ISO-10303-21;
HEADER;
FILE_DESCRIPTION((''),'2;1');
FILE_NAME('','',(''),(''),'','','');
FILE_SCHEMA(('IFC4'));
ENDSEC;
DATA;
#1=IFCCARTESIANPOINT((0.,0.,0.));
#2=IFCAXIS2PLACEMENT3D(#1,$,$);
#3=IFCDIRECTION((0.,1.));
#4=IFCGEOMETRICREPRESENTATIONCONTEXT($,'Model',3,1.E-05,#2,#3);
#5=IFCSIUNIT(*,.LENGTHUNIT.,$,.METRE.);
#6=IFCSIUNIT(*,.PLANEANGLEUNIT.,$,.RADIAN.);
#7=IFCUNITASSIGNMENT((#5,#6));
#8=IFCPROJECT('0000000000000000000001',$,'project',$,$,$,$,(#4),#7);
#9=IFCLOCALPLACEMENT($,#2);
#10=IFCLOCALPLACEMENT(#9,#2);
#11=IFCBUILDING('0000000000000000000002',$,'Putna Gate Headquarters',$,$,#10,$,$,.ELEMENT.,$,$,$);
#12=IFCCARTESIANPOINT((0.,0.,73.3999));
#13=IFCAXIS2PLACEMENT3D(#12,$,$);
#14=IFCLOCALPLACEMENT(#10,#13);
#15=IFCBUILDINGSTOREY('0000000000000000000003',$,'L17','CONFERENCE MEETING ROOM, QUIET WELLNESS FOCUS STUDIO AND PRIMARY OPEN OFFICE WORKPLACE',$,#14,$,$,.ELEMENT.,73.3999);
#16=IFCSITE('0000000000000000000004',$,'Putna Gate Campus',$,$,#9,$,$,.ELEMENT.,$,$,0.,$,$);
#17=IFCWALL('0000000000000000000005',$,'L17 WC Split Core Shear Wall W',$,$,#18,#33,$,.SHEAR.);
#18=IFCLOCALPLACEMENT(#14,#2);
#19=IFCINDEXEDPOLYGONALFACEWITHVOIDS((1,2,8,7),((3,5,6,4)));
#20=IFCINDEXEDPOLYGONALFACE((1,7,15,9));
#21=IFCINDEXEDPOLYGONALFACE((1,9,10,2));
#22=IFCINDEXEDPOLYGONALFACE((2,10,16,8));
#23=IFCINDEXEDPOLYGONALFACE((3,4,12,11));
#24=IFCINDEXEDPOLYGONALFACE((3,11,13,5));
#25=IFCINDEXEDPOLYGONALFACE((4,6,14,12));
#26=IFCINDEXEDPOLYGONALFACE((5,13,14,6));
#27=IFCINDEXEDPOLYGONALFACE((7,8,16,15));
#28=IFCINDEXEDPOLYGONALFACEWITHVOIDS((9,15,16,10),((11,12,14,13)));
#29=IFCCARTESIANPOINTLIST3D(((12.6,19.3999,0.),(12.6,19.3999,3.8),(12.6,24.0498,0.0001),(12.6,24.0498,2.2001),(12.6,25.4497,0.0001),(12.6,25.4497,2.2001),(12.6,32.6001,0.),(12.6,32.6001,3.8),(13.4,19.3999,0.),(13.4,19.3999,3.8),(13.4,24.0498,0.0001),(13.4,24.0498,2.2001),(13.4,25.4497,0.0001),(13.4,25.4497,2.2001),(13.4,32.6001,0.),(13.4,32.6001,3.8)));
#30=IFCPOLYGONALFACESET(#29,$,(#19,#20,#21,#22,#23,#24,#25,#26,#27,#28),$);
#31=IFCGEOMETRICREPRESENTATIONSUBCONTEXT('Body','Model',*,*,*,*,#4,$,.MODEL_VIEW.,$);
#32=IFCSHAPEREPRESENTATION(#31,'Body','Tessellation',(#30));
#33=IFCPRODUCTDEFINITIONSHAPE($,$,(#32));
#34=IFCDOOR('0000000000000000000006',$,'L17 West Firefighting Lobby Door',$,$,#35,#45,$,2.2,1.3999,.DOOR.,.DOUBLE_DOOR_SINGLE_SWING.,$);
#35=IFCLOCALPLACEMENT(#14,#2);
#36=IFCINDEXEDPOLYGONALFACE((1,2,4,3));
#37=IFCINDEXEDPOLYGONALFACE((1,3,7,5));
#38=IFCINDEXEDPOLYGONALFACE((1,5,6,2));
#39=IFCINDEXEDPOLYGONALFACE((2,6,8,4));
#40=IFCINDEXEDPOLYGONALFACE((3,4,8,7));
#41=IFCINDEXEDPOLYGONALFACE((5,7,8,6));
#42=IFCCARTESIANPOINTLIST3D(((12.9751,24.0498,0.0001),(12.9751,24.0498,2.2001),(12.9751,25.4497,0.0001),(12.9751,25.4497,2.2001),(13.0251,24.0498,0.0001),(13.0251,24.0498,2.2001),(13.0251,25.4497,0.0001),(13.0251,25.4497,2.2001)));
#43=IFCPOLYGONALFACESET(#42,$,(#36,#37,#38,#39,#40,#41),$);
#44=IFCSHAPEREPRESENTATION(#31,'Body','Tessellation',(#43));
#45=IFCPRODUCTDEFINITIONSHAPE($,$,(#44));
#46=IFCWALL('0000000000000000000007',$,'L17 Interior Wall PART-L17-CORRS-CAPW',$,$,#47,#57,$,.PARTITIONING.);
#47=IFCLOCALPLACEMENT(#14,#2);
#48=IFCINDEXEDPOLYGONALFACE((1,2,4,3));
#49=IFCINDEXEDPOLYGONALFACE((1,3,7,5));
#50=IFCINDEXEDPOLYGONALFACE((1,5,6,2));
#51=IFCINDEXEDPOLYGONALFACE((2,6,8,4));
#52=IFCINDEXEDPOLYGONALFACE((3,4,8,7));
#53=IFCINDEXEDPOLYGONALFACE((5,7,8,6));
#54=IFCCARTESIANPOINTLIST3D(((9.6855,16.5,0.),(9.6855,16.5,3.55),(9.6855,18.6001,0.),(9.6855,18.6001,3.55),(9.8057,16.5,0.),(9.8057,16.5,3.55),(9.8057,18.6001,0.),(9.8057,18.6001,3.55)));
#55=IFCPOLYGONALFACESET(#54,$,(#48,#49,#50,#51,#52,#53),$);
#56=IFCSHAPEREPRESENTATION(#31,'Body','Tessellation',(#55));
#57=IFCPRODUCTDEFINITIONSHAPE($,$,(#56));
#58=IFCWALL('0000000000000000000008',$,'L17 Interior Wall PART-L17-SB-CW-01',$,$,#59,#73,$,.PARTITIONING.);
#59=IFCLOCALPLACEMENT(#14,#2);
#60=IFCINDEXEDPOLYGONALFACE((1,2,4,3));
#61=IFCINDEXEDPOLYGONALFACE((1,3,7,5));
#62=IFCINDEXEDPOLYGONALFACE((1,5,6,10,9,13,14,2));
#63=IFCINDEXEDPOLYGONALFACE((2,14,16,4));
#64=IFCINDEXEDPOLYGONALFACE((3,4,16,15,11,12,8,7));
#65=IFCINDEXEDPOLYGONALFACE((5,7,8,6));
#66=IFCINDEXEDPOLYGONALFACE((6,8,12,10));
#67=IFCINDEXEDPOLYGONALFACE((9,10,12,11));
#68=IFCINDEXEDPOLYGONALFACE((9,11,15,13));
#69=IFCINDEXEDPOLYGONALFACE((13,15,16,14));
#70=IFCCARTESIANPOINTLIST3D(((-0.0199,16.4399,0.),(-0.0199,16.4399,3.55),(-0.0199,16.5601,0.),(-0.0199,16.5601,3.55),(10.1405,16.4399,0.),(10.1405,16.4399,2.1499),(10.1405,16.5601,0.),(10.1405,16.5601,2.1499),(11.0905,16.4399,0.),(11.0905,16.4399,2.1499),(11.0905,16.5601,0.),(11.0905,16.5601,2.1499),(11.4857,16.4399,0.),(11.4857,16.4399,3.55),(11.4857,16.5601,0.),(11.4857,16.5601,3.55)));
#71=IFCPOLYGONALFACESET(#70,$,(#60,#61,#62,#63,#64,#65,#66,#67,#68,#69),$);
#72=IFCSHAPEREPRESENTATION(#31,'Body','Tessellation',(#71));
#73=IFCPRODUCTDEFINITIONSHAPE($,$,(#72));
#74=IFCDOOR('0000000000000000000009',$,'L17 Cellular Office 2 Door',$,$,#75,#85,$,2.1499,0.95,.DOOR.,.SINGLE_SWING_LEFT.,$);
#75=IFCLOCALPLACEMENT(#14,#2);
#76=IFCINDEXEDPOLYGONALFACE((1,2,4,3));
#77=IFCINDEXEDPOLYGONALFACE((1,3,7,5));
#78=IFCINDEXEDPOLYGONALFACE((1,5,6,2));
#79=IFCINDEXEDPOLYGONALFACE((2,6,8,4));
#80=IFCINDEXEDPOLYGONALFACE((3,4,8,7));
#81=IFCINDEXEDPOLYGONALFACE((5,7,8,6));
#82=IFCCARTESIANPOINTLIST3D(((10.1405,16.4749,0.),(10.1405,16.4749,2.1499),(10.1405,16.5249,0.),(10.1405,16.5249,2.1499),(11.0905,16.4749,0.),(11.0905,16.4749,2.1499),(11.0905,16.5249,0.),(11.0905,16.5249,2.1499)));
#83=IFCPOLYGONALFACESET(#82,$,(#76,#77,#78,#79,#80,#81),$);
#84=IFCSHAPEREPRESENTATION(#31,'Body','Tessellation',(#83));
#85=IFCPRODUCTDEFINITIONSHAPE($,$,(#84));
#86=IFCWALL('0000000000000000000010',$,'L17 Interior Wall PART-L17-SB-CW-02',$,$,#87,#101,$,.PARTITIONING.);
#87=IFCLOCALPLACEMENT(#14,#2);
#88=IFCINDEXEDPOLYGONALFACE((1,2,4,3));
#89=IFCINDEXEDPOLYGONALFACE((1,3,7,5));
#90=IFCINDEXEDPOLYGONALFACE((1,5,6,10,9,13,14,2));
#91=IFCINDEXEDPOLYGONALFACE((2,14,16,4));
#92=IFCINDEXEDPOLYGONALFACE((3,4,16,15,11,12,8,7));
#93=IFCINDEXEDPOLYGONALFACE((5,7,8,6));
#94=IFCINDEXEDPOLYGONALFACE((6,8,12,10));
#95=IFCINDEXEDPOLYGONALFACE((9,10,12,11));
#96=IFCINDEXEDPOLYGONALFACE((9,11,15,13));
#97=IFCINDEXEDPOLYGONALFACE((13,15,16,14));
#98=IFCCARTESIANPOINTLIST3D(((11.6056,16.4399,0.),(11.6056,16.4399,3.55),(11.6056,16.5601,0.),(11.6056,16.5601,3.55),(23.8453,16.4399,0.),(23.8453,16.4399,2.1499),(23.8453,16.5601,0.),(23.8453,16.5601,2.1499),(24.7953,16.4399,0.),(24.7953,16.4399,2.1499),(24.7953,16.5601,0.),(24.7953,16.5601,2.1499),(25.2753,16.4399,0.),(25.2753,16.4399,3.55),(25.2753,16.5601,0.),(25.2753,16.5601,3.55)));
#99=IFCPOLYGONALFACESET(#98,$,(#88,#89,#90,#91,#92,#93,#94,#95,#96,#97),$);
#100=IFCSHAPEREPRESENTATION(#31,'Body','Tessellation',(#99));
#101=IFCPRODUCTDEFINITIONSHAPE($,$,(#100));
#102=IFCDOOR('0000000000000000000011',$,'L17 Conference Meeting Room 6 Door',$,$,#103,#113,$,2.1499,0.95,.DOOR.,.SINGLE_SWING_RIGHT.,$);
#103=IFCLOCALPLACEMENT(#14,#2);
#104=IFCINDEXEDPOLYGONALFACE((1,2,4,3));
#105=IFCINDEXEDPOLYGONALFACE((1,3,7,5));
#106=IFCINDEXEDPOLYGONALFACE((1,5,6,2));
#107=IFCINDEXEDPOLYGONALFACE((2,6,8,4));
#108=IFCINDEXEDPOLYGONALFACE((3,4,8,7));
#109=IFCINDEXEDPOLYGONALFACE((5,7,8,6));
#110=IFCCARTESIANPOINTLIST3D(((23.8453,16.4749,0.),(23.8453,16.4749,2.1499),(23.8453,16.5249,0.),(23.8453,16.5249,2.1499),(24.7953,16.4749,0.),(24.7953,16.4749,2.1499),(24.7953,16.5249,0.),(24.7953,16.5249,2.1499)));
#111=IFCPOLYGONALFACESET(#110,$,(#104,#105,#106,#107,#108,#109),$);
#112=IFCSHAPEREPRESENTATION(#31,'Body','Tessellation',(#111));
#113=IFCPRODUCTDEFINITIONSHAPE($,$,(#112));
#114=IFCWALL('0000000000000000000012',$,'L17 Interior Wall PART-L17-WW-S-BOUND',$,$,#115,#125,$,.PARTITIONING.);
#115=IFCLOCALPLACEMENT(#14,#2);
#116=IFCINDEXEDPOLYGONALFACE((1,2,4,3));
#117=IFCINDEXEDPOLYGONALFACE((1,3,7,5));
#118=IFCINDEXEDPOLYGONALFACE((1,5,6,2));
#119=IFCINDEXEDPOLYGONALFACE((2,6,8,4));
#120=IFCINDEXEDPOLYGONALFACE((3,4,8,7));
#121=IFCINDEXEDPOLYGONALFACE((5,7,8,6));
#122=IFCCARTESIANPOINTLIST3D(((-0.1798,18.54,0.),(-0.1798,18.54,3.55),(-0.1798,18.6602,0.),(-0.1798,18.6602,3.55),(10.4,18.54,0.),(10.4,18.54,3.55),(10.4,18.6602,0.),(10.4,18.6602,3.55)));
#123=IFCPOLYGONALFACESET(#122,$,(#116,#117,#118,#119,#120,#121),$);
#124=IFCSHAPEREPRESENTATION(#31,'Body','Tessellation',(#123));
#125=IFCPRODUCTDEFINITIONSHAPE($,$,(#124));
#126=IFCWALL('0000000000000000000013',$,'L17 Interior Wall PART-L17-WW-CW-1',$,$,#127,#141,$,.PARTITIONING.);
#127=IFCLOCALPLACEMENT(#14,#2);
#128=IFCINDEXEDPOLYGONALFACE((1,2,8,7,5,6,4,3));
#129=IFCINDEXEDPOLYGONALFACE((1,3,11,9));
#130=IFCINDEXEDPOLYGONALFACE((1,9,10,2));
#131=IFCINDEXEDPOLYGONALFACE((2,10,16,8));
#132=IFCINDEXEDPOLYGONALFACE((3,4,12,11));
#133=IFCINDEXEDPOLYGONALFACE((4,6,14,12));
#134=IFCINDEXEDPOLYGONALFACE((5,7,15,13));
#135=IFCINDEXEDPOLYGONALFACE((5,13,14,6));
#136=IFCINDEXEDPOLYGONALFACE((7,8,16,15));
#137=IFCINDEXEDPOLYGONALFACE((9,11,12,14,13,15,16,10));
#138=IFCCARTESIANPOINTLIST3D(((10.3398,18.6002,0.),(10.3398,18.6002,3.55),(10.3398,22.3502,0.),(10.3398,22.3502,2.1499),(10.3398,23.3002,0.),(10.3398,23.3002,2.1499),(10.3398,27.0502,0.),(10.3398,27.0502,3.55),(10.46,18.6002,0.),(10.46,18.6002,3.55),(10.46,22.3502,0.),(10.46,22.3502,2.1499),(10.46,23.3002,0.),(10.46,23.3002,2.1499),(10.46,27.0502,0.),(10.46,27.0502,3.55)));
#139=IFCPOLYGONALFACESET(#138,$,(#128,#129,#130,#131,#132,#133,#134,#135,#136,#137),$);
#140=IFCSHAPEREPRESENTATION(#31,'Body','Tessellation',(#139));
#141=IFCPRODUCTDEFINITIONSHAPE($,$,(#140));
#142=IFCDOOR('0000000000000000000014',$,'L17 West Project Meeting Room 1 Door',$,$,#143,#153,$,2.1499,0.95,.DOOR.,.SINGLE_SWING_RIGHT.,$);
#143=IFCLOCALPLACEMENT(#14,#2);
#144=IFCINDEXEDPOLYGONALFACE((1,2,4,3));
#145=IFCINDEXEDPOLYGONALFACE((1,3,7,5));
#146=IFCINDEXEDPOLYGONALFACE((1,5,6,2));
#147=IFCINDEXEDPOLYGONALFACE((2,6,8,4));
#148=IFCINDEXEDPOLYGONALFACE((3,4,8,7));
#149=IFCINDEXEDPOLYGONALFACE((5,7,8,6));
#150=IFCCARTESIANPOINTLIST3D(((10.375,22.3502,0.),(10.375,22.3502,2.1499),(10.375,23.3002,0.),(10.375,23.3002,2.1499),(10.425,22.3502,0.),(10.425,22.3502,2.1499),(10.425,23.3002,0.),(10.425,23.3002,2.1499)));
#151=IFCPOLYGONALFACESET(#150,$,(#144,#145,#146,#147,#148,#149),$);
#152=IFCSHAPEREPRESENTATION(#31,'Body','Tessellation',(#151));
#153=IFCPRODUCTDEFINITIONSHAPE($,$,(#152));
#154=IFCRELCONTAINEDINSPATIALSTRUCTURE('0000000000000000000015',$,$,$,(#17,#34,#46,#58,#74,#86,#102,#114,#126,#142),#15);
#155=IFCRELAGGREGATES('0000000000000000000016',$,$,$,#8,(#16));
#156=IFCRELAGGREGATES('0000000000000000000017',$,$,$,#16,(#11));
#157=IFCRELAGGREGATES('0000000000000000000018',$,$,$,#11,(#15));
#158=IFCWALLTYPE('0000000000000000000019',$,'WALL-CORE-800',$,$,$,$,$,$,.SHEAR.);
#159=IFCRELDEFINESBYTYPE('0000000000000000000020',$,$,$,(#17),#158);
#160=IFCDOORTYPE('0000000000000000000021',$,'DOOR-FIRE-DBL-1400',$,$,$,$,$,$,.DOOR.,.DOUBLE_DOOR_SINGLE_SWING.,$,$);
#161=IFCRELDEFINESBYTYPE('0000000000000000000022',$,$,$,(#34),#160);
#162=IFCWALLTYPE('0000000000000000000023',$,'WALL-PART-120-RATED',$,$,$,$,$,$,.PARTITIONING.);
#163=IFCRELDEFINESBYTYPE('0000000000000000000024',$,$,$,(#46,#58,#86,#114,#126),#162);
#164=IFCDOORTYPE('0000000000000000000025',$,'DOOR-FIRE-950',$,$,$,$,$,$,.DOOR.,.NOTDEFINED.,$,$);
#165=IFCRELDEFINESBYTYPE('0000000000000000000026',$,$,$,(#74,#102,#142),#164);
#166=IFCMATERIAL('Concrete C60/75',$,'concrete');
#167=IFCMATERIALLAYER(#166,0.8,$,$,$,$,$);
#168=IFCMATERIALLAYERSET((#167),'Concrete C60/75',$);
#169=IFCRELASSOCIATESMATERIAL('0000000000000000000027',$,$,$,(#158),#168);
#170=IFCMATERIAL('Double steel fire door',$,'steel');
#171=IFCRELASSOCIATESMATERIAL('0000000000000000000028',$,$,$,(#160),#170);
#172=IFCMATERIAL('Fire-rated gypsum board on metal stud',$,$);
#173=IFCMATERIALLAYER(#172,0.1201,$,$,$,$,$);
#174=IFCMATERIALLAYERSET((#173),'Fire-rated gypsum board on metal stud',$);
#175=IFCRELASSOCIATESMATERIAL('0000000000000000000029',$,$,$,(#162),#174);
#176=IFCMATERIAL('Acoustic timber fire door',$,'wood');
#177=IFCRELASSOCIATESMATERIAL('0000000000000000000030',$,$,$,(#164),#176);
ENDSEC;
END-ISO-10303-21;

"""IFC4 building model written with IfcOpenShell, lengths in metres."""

from ifc_helpers import new_model, si_unit, direction, frame, frame_2d, origin, place, context, subcontext, project, spatial, rectangle, extrude, material, layer, layer_set, type_object, element, fill, save


model = new_model("IFC4")

# Units and contexts
model_context = context("Model", 3, precision=1e-05, world=origin(), true_north=direction((0.0, 1.0)))
body_context = subcontext(model_context, "Body", "Model", "MODEL_VIEW")
ifc_project = project(units=[si_unit("LENGTHUNIT", "METRE"), si_unit("PLANEANGLEUNIT", "RADIAN")], contexts=[model_context])

# Site, building, storey
site_placement = place(None, origin())
site = spatial("IfcSite", under=ifc_project, at=site_placement, Name="Putna Gate Campus", CompositionType="ELEMENT", RefElevation=0.0)
building_placement = place(site_placement, origin())
building = spatial("IfcBuilding", under=site, at=building_placement, Name="Putna Gate Headquarters", CompositionType="ELEMENT")
storey_placement = place(building_placement, frame((0.0, 0.0, 73.3999)))
storey = spatial("IfcBuildingStorey", under=building, at=storey_placement, Name="L17", Description="CONFERENCE MEETING ROOM, QUIET WELLNESS FOCUS STUDIO AND PRIMARY OPEN OFFICE WORKPLACE", CompositionType="ELEMENT", Elevation=73.3999)

# Shared definitions
ifc_material_1 = material(Name="Concrete C60/75", Category="concrete")

# Wall, opening, door
ifc_layer_1 = layer(ifc_material_1, 0.8)
ifc_layer_set_1 = layer_set([ifc_layer_1], Name="Concrete C60/75")
wall_type_1 = type_object("IfcWallType", Name="WALL-CORE-800", PredefinedType="SHEAR", material=ifc_layer_set_1)
ifc_material_2 = material(Name="Double steel fire door", Category="steel")
door_type_1 = type_object("IfcDoorType", Name="DOOR-FIRE-DBL-1400", OperationType="DOUBLE_DOOR_SINGLE_SWING", PredefinedType="DOOR", material=ifc_material_2)
wall_1_placement = place(storey_placement, frame((13.0, 19.3999, 0.0), z_axis=(0.0, 0.0, 1.0), x_axis=(0.0, 1.0, 0.0)))
wall_1 = element("IfcWall", 1, at=wall_1_placement, inside=storey, type_object=wall_type_1, Name="L17 WC Split Core Shear Wall W", PredefinedType="SHEAR", context=body_context, shape_type="SweptSolid", body=[
    extrude(rectangle(XDim=13.2002, YDim=0.8, at=frame_2d((6.6001, 0.0))), origin(), (0.0, 0.0, 1.0), 3.8),
])
opening_1_placement = place(wall_1_placement, frame((4.6499, 0.0, 0.0)))
opening_1 = element("IfcOpeningElement", 2, at=opening_1_placement, cuts=wall_1, PredefinedType="OPENING", context=body_context, shape_type="SweptSolid", body=[
    extrude(rectangle(XDim=1.3999, YDim=2.2, at=frame_2d((0.7, 1.1001))), frame((0.0, 0.4099, 0.0), z_axis=(0.0, -1.0, 0.0), x_axis=(1.0, 0.0, 0.0)), (0.0, 0.0, 1.0), 0.8201),
])
door_1_placement = place(opening_1_placement, origin())
door_1 = element("IfcDoor", 3, at=door_1_placement, inside=storey, type_object=door_type_1, Name="L17 West Firefighting Lobby Door", OperationType="DOUBLE_DOOR_SINGLE_SWING", OverallHeight=2.2, OverallWidth=1.3999, PredefinedType="DOOR", context=body_context, shape_type="SweptSolid", body=[
    extrude(rectangle(XDim=1.3999, YDim=2.2, at=frame_2d((0.7, 1.1001))), frame((0.0, 0.0249, 0.0), z_axis=(0.0, -1.0, 0.0), x_axis=(1.0, 0.0, 0.0)), (0.0, 0.0, 1.0), 0.05),
])
fill(opening_1, door_1)

# Wall
ifc_material_3 = material(Name="Fire-rated gypsum board on metal stud")
ifc_layer_2 = layer(ifc_material_3, 0.1201)
ifc_layer_set_2 = layer_set([ifc_layer_2], Name="Fire-rated gypsum board on metal stud")
wall_type_2 = type_object("IfcWallType", Name="WALL-PART-120-RATED", PredefinedType="PARTITIONING", material=ifc_layer_set_2)
wall_2_placement = place(storey_placement, frame((9.7456, 16.5, 0.0), z_axis=(0.0, 0.0, 1.0), x_axis=(0.0, 1.0, 0.0)))
element("IfcWall", 4, at=wall_2_placement, inside=storey, type_object=wall_type_2, Name="L17 Interior Wall PART-L17-CORRS-CAPW", PredefinedType="PARTITIONING", context=body_context, shape_type="SweptSolid", body=[
    extrude(rectangle(XDim=2.1001, YDim=0.1201, at=frame_2d((1.05, 0.0))), origin(), (0.0, 0.0, 1.0), 3.55),
])

# Walls, openings, doors
wall_3_placement = place(storey_placement, frame((-0.02, 16.5, 0.0), z_axis=(0.0, 0.0, 1.0), x_axis=(1.0, 0.0, 0.0)))
wall_3 = element("IfcWall", 5, at=wall_3_placement, inside=storey, type_object=wall_type_2, Name="L17 Interior Wall PART-L17-SB-CW-01", PredefinedType="PARTITIONING", context=body_context, shape_type="SweptSolid", body=[
    extrude(rectangle(XDim=11.5056, YDim=0.1201, at=frame_2d((5.7529, 0.0))), origin(), (0.0, 0.0, 1.0), 3.55),
])
opening_2_placement = place(wall_3_placement, frame((10.1604, 0.0, 0.0)))
opening_2 = element("IfcOpeningElement", 6, at=opening_2_placement, cuts=wall_3, PredefinedType="OPENING", context=body_context, shape_type="SweptSolid", body=[
    extrude(rectangle(XDim=0.95, YDim=2.1499, at=frame_2d((0.4751, 1.075))), frame((0.0, 0.0701, 0.0), z_axis=(0.0, -1.0, 0.0), x_axis=(1.0, 0.0, 0.0)), (0.0, 0.0, 1.0), 0.1401),
])
ifc_material_4 = material(Name="Acoustic timber fire door", Category="wood")
door_type_2 = type_object("IfcDoorType", Name="DOOR-FIRE-950", OperationType="NOTDEFINED", PredefinedType="DOOR", material=ifc_material_4)
door_2_placement = place(opening_2_placement, origin())
door_2 = element("IfcDoor", 7, at=door_2_placement, inside=storey, type_object=door_type_2, Name="L17 Cellular Office 2 Door", OperationType="SINGLE_SWING_LEFT", OverallHeight=2.1499, OverallWidth=0.95, PredefinedType="DOOR", context=body_context, shape_type="SweptSolid", body=[
    extrude(rectangle(XDim=0.95, YDim=2.1499, at=frame_2d((0.4751, 1.075))), frame((0.0, 0.0249, 0.0), z_axis=(0.0, -1.0, 0.0), x_axis=(1.0, 0.0, 0.0)), (0.0, 0.0, 1.0), 0.05),
])
fill(opening_2, door_2)
wall_4_placement = place(storey_placement, frame((11.6055, 16.5, 0.0), z_axis=(0.0, 0.0, 1.0), x_axis=(1.0, 0.0, 0.0)))
wall_4 = element("IfcWall", 8, at=wall_4_placement, inside=storey, type_object=wall_type_2, Name="L17 Interior Wall PART-L17-SB-CW-02", PredefinedType="PARTITIONING", context=body_context, shape_type="SweptSolid", body=[
    extrude(rectangle(XDim=13.6697, YDim=0.1201, at=frame_2d((6.835, 0.0))), origin(), (0.0, 0.0, 1.0), 3.55),
])
opening_3_placement = place(wall_4_placement, frame((12.2397, 0.0, 0.0)))
opening_3 = element("IfcOpeningElement", 9, at=opening_3_placement, cuts=wall_4, PredefinedType="OPENING", context=body_context, shape_type="SweptSolid", body=[
    extrude(rectangle(XDim=0.95, YDim=2.1499, at=frame_2d((0.4751, 1.075))), frame((0.0, 0.0701, 0.0), z_axis=(0.0, -1.0, 0.0), x_axis=(1.0, 0.0, 0.0)), (0.0, 0.0, 1.0), 0.1401),
])
door_3_placement = place(opening_3_placement, origin())
door_3 = element("IfcDoor", 10, at=door_3_placement, inside=storey, type_object=door_type_2, Name="L17 Conference Meeting Room 6 Door", OperationType="SINGLE_SWING_RIGHT", OverallHeight=2.1499, OverallWidth=0.95, PredefinedType="DOOR", context=body_context, shape_type="SweptSolid", body=[
    extrude(rectangle(XDim=0.95, YDim=2.1499, at=frame_2d((0.4751, 1.075))), frame((0.0, 0.0249, 0.0), z_axis=(0.0, -1.0, 0.0), x_axis=(1.0, 0.0, 0.0)), (0.0, 0.0, 1.0), 0.05),
])
fill(opening_3, door_3)

# Wall
wall_5_placement = place(storey_placement, frame((-0.1799, 18.6001, 0.0), z_axis=(0.0, 0.0, 1.0), x_axis=(1.0, 0.0, 0.0)))
element("IfcWall", 11, at=wall_5_placement, inside=storey, type_object=wall_type_2, Name="L17 Interior Wall PART-L17-WW-S-BOUND", PredefinedType="PARTITIONING", context=body_context, shape_type="SweptSolid", body=[
    extrude(rectangle(XDim=10.5798, YDim=0.1201, at=frame_2d((5.29, 0.0))), origin(), (0.0, 0.0, 1.0), 3.55),
])

# Wall, opening, door
wall_6_placement = place(storey_placement, frame((10.3999, 18.6001, 0.0), z_axis=(0.0, 0.0, 1.0), x_axis=(0.0, 1.0, 0.0)))
wall_6 = element("IfcWall", 12, at=wall_6_placement, inside=storey, type_object=wall_type_2, Name="L17 Interior Wall PART-L17-WW-CW-1", PredefinedType="PARTITIONING", context=body_context, shape_type="SweptSolid", body=[
    extrude(rectangle(XDim=8.45, YDim=0.1201, at=frame_2d((4.2251, 0.0))), origin(), (0.0, 0.0, 1.0), 3.55),
])
opening_4_placement = place(wall_6_placement, frame((3.75, 0.0, 0.0)))
opening_4 = element("IfcOpeningElement", 13, at=opening_4_placement, cuts=wall_6, PredefinedType="OPENING", context=body_context, shape_type="SweptSolid", body=[
    extrude(rectangle(XDim=0.95, YDim=2.1499, at=frame_2d((0.4751, 1.075))), frame((0.0, 0.0701, 0.0), z_axis=(0.0, -1.0, 0.0), x_axis=(1.0, 0.0, 0.0)), (0.0, 0.0, 1.0), 0.1401),
])
door_4_placement = place(opening_4_placement, origin())
door_4 = element("IfcDoor", 14, at=door_4_placement, inside=storey, type_object=door_type_2, Name="L17 West Project Meeting Room 1 Door", OperationType="SINGLE_SWING_RIGHT", OverallHeight=2.1499, OverallWidth=0.95, PredefinedType="DOOR", context=body_context, shape_type="SweptSolid", body=[
    extrude(rectangle(XDim=0.95, YDim=2.1499, at=frame_2d((0.4751, 1.075))), frame((0.0, 0.0249, 0.0), z_axis=(0.0, -1.0, 0.0), x_axis=(1.0, 0.0, 0.0)), (0.0, 0.0, 1.0), 0.05),
])
fill(opening_4, door_4)

save(model, "model.ifc")
